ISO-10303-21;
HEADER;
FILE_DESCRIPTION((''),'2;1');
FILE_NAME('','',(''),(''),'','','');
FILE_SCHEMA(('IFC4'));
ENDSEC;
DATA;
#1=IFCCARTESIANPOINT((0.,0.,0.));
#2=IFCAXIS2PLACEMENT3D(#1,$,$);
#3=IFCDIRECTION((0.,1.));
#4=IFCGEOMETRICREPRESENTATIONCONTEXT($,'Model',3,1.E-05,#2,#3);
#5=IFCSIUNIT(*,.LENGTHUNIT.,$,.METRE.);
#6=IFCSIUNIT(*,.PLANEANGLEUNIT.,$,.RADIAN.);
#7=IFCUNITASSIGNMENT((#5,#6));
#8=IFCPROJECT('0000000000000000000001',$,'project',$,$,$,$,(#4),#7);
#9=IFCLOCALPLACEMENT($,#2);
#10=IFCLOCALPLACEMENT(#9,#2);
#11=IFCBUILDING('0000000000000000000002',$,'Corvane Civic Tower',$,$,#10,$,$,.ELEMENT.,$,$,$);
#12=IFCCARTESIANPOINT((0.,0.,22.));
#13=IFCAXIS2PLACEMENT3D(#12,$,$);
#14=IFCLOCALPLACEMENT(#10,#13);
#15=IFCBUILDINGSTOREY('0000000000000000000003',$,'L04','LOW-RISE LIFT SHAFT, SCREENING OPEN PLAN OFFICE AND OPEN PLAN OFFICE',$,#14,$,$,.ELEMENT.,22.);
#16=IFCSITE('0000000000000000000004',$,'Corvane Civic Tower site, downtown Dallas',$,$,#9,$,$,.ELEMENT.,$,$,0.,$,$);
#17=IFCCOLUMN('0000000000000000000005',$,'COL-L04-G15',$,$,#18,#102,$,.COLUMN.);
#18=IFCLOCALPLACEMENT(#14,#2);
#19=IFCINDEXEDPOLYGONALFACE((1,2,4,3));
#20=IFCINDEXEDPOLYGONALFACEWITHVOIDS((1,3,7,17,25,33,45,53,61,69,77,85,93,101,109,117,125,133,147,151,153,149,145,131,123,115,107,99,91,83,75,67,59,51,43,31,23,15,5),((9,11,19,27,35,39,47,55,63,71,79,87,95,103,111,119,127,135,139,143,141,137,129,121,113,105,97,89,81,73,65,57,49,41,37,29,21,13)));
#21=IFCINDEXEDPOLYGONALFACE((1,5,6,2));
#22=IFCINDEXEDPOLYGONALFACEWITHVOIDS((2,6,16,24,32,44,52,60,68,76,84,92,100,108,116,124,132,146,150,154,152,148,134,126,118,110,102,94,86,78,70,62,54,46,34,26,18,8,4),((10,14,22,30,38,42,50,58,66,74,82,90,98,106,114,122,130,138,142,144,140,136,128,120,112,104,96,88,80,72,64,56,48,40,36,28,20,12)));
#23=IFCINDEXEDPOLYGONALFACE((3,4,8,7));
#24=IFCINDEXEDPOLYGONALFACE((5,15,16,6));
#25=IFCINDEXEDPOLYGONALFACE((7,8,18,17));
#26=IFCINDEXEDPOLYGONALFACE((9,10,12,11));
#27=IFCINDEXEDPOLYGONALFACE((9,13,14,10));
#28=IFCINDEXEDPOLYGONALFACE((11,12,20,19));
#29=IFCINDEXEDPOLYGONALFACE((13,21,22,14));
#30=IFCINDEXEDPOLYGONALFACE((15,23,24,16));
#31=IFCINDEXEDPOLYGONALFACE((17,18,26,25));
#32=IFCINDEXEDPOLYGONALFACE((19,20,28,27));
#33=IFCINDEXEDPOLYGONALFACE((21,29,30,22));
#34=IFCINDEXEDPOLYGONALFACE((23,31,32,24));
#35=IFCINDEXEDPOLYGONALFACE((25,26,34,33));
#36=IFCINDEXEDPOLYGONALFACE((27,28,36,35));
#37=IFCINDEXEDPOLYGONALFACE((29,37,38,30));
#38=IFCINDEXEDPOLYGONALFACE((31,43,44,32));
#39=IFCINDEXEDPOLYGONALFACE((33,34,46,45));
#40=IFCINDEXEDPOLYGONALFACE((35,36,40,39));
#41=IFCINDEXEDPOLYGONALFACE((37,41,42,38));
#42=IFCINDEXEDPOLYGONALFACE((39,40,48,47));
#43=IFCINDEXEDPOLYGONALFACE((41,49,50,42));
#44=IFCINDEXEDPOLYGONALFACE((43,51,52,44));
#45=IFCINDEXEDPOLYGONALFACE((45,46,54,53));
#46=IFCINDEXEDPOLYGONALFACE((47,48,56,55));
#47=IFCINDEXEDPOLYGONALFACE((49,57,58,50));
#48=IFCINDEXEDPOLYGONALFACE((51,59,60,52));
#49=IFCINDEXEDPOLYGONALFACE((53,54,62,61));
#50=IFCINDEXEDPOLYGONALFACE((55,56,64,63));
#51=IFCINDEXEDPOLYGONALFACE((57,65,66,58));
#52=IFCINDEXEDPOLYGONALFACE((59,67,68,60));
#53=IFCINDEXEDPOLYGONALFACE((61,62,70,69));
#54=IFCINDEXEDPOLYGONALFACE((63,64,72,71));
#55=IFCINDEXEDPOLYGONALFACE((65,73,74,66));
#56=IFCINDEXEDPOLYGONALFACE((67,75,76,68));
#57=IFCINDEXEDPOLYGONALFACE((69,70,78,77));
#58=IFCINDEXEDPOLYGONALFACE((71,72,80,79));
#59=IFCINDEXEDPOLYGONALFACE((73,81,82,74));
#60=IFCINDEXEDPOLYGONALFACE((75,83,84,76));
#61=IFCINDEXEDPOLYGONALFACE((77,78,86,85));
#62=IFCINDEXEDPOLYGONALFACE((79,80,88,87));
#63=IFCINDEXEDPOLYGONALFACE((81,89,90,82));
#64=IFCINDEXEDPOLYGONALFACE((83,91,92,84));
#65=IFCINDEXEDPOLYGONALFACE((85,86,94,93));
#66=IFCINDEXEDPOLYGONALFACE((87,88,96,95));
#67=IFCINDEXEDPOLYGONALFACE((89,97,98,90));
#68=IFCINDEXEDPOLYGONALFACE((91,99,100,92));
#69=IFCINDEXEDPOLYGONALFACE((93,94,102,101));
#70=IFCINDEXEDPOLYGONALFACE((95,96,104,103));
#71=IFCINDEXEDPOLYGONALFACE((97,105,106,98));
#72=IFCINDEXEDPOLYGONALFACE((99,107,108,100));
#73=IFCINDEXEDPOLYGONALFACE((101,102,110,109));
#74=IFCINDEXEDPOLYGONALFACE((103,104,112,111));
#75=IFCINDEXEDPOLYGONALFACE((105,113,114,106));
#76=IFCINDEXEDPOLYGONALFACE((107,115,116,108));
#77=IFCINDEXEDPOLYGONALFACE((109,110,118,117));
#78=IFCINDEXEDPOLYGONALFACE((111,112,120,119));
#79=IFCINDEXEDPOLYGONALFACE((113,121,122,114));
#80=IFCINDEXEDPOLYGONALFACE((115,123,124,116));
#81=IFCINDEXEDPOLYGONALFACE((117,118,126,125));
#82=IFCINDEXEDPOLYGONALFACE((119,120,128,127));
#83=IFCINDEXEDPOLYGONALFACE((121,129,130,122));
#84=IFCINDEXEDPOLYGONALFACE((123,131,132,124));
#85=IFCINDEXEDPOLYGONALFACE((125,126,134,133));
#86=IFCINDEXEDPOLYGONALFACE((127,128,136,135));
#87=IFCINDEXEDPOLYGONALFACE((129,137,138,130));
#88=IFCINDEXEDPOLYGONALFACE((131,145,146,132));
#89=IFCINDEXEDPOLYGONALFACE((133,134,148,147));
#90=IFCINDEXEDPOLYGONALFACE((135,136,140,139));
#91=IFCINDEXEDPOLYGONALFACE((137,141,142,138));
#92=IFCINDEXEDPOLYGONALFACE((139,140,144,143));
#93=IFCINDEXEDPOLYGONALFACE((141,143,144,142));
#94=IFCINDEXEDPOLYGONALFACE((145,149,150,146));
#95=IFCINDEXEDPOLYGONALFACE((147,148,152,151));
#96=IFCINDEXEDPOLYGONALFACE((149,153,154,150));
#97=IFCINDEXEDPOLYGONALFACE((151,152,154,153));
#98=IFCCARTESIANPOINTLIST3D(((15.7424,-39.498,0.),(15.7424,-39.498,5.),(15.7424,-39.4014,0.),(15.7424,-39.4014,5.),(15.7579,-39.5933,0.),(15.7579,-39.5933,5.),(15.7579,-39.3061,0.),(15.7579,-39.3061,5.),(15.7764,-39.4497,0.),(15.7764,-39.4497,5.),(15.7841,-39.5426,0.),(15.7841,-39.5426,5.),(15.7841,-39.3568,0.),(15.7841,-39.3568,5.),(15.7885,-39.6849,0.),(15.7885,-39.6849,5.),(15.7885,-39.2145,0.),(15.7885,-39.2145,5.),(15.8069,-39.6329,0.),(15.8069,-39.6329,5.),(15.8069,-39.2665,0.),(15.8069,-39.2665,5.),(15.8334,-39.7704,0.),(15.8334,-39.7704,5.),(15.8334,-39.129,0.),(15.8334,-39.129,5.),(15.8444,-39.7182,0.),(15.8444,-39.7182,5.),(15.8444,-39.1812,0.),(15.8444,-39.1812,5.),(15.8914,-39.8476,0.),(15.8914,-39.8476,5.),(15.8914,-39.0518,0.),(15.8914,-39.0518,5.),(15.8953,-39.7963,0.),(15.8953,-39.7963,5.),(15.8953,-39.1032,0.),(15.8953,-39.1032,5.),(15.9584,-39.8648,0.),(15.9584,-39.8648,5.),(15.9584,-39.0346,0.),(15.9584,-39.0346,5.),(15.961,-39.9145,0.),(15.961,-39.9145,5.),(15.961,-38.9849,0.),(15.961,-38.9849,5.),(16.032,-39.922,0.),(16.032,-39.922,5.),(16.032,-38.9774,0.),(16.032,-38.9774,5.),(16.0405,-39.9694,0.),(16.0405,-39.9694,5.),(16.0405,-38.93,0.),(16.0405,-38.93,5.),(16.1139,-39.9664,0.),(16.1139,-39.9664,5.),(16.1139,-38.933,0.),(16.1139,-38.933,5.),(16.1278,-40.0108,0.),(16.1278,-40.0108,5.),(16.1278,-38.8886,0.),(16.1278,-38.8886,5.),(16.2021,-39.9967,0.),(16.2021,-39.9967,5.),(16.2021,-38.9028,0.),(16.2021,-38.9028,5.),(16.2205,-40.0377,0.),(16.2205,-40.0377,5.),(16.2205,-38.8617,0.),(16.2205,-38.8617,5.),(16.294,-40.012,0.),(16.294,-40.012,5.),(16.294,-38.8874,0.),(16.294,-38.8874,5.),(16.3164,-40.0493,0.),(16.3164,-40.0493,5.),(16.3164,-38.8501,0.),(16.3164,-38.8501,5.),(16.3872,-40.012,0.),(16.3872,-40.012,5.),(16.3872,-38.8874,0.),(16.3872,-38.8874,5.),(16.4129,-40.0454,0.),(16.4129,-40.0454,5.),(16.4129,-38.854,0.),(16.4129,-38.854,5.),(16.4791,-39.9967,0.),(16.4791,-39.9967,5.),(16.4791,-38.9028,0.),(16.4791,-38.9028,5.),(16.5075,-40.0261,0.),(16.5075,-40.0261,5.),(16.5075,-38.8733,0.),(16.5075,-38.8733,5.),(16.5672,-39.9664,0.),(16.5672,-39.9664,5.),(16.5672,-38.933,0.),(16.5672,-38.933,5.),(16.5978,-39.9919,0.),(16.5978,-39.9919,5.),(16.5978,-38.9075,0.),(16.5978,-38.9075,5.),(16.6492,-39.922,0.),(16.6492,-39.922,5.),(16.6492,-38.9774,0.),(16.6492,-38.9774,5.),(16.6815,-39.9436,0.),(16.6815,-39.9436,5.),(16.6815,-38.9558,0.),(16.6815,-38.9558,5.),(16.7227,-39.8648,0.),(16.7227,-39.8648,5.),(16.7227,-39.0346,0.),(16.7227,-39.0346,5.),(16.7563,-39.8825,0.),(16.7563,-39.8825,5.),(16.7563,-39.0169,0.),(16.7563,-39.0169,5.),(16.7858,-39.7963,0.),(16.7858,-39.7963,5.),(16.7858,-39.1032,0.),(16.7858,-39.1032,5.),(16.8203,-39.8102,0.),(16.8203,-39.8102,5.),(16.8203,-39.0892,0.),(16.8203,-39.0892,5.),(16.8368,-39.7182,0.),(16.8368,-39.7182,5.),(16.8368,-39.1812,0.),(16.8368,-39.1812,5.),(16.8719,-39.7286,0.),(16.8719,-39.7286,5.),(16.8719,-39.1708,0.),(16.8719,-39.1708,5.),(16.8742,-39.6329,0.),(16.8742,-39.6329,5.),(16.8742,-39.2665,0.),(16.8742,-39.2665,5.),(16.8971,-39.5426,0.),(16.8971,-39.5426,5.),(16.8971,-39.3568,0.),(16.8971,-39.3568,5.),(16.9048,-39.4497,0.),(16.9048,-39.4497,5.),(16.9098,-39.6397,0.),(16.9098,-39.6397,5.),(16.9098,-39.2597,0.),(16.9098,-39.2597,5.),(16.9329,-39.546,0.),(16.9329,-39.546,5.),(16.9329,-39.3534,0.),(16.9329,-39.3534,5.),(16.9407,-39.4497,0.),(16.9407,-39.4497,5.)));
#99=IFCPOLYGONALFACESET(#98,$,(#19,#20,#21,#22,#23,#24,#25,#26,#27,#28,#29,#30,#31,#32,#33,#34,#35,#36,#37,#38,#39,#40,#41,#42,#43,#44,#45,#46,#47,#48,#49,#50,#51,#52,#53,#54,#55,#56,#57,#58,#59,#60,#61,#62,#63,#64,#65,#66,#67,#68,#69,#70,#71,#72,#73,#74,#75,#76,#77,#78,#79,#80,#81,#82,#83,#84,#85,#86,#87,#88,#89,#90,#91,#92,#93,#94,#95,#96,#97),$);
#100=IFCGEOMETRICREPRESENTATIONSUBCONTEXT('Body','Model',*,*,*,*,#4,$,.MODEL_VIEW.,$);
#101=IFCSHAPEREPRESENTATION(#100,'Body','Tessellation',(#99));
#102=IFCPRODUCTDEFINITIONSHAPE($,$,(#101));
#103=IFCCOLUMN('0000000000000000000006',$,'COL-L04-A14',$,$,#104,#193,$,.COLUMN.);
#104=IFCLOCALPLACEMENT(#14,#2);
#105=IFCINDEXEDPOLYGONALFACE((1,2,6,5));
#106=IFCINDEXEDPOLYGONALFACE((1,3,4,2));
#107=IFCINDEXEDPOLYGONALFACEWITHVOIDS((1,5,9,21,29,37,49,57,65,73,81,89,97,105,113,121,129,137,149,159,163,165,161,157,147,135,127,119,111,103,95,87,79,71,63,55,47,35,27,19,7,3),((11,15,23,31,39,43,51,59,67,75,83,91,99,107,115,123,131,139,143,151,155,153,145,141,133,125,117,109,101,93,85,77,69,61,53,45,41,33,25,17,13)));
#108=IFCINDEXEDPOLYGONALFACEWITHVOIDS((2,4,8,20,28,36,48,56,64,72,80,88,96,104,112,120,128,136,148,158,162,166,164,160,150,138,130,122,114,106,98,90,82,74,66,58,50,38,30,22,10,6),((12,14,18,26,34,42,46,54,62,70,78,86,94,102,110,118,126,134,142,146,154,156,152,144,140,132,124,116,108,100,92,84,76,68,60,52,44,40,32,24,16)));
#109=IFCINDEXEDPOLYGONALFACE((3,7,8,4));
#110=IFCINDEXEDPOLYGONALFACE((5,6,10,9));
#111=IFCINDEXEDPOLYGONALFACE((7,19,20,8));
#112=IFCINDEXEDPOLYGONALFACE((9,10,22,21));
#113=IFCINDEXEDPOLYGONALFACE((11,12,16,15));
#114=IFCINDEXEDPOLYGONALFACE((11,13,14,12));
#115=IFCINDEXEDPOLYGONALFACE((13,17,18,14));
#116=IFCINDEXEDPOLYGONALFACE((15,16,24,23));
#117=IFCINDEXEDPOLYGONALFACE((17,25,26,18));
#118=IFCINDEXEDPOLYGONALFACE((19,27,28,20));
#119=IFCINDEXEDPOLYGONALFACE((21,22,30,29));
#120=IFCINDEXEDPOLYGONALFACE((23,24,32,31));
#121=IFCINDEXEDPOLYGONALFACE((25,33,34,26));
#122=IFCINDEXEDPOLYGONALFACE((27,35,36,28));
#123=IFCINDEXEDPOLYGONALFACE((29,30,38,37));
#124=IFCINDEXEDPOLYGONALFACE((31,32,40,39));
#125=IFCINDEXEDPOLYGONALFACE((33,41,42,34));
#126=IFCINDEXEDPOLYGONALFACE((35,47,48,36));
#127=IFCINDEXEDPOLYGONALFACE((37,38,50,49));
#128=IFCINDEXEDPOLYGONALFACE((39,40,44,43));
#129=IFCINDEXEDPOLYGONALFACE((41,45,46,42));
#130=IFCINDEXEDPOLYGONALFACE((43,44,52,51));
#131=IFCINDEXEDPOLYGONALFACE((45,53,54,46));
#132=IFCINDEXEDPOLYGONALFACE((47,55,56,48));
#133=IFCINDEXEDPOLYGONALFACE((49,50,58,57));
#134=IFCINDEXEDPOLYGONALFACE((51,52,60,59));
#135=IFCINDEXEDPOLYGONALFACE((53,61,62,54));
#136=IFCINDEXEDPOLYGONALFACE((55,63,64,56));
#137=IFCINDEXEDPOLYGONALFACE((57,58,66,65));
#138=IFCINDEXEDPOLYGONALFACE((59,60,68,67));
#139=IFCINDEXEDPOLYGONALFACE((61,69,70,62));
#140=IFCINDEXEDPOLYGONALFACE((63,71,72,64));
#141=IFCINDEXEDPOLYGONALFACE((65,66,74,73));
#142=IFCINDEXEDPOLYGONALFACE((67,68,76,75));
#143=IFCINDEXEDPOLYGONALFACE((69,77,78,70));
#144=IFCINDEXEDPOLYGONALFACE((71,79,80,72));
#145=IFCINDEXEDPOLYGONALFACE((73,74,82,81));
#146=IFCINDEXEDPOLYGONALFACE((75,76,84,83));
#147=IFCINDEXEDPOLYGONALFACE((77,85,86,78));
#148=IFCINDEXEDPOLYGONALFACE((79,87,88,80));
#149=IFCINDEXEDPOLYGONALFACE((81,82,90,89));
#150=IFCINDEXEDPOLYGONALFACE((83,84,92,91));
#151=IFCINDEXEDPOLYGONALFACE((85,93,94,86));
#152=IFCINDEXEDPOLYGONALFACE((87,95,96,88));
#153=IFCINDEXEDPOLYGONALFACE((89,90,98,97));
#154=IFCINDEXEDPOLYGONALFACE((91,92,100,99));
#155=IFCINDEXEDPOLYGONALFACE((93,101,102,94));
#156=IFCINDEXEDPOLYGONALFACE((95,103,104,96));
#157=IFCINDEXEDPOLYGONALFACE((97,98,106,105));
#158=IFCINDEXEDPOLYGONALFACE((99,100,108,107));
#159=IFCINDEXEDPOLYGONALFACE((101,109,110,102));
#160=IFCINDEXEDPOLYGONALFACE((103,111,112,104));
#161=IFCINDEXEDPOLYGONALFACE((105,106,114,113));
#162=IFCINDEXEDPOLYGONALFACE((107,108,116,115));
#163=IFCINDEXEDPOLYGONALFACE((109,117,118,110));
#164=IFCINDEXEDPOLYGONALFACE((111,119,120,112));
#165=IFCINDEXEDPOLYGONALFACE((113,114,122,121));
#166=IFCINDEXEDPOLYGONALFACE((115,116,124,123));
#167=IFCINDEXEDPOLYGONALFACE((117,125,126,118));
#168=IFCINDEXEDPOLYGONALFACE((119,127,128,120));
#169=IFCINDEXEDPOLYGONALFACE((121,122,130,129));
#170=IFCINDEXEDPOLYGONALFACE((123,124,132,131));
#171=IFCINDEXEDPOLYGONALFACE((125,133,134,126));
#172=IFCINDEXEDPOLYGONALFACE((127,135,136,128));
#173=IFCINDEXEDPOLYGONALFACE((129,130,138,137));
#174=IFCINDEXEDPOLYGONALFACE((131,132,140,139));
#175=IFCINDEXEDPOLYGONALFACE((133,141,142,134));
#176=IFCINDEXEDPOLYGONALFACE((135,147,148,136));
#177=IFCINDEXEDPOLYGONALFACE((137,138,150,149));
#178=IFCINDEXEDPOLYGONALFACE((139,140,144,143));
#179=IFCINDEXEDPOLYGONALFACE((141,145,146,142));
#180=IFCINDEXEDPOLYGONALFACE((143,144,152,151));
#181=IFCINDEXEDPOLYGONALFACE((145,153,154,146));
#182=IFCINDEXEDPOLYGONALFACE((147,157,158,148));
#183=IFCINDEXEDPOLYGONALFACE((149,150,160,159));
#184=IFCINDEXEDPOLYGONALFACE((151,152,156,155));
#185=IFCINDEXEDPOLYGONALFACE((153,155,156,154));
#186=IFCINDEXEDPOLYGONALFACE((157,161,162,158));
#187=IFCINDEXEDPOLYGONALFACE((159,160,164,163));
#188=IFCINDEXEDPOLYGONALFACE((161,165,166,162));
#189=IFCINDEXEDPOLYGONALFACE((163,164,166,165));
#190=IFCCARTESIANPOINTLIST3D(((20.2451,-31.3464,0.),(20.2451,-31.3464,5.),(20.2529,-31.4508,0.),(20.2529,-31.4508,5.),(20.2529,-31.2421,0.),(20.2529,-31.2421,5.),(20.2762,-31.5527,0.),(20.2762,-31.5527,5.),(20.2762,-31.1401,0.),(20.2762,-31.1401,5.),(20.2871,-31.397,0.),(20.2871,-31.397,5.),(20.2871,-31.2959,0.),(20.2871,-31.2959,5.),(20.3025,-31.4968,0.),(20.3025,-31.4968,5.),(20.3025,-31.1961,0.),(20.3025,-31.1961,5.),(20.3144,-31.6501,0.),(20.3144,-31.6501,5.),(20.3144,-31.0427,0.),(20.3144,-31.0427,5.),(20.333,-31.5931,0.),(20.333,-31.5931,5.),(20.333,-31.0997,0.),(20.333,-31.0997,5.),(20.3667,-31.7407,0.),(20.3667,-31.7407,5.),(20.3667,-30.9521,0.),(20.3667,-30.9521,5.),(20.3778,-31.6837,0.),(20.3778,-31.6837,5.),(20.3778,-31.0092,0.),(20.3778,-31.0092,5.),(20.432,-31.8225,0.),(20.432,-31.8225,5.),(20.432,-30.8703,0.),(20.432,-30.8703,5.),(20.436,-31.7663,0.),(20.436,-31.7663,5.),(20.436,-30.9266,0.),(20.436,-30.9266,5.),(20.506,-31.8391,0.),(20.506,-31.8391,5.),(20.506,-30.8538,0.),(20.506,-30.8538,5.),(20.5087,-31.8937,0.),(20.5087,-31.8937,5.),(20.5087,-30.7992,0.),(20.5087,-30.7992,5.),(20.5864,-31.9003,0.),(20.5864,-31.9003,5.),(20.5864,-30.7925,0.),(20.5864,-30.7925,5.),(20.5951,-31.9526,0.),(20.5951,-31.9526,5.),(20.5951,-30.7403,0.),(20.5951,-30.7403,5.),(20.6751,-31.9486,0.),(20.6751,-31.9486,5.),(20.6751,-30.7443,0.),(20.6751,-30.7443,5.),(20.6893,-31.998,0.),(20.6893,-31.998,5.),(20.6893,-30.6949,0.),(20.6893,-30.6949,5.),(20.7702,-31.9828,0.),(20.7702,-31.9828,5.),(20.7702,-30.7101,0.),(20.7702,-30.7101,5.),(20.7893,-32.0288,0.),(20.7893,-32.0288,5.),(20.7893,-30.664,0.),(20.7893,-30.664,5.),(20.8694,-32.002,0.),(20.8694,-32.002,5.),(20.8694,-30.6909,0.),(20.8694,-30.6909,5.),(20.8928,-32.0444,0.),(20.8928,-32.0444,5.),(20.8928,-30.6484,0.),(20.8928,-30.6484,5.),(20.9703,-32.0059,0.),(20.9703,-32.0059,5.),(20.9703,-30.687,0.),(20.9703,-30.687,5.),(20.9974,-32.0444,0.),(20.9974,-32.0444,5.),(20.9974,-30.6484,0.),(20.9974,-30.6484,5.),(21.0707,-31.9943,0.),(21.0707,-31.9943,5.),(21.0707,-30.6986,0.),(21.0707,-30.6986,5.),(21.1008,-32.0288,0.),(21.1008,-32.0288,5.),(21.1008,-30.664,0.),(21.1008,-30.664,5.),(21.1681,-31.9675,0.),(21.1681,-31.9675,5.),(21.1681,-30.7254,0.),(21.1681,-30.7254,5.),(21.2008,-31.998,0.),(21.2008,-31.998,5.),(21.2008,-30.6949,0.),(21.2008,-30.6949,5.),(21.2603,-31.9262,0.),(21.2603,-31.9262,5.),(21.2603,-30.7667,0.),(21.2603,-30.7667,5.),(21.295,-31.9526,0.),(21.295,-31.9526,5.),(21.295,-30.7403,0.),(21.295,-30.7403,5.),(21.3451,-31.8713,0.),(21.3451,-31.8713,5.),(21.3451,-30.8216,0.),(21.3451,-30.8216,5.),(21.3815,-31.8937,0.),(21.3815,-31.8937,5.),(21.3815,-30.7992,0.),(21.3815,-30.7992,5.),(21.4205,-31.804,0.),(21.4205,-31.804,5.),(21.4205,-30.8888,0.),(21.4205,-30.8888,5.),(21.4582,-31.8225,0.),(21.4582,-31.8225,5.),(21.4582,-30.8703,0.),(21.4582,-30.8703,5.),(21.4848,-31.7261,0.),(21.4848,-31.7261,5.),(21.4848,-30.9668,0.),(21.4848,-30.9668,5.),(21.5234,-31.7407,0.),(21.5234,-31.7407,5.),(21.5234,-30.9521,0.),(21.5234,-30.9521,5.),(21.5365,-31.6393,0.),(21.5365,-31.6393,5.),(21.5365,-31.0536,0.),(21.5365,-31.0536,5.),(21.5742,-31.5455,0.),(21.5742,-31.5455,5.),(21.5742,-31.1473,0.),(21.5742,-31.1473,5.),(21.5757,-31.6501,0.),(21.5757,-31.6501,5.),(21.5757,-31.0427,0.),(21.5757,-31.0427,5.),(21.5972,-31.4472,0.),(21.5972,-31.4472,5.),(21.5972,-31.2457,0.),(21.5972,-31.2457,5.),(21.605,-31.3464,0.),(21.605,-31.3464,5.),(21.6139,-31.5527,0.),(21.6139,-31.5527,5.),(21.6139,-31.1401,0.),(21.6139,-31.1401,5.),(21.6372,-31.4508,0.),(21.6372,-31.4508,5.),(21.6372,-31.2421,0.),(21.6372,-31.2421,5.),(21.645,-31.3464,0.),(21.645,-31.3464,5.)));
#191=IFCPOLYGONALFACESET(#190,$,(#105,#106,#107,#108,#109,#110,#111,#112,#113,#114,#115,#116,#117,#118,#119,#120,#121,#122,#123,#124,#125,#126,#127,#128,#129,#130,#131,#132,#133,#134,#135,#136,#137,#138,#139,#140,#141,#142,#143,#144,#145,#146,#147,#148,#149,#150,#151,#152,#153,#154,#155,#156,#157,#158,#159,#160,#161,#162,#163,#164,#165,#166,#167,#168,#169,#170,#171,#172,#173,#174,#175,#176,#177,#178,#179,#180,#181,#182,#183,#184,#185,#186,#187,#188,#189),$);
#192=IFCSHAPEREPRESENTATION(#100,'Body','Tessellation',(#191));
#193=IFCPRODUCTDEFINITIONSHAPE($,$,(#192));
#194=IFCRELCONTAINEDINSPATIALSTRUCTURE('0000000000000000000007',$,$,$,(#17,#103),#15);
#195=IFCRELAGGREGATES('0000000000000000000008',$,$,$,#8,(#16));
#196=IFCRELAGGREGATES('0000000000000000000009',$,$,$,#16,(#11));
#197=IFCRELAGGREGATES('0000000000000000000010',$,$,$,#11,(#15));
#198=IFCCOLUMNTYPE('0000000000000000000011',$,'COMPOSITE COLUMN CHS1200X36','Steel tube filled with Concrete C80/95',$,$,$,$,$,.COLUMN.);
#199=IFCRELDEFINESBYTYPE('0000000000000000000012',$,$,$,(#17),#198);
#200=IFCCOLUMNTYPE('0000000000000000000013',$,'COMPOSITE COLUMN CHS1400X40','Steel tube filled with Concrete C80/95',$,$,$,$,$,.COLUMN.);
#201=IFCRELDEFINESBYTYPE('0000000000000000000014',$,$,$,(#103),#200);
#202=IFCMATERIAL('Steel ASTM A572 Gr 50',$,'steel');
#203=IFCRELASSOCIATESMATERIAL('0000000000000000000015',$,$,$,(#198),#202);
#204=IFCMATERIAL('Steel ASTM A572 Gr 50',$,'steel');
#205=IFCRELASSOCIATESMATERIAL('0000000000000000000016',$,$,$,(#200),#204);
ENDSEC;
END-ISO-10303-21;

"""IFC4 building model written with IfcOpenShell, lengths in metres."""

from ifc_helpers import new_model, si_unit, direction, frame, origin, origin_2d, place, context, subcontext, project, spatial, hollow_circle, extrude, material, material_profile, profile_set, type_object, element, save


model = new_model("IFC4")

# Units and contexts
model_context = context("Model", 3, precision=1e-05, world=origin(), true_north=direction((0.0, 1.0)))
body_context = subcontext(model_context, "Body", "Model", "MODEL_VIEW")
ifc_project = project(units=[si_unit("LENGTHUNIT", "METRE"), si_unit("PLANEANGLEUNIT", "RADIAN")], contexts=[model_context])

# Site, building, storey
site_placement = place(None, origin())
site = spatial("IfcSite", under=ifc_project, at=site_placement, Name="Corvane Civic Tower site, downtown Dallas", CompositionType="ELEMENT", RefElevation=0.0)
building_placement = place(site_placement, origin())
building = spatial("IfcBuilding", under=site, at=building_placement, Name="Corvane Civic Tower", CompositionType="ELEMENT")
storey_placement = place(building_placement, frame((0.0, 0.0, 22.0)))
storey = spatial("IfcBuildingStorey", under=building, at=storey_placement, Name="L04", Description="LOW-RISE LIFT SHAFT, SCREENING OPEN PLAN OFFICE AND OPEN PLAN OFFICE", CompositionType="ELEMENT", Elevation=22.0)

# Columns
ifc_material_1 = material(Name="Steel ASTM A572 Gr 50", Category="steel")
ifc_material_profile_1 = material_profile(ifc_material_1, hollow_circle(Radius=0.6001, WallThickness=0.0359, at=origin_2d()), Name="CHS1200X36")
ifc_profile_set_1 = profile_set([ifc_material_profile_1], Name="Steel ASTM A572 Gr 50")
column_type_1 = type_object("IfcColumnType", Name="COMPOSITE COLUMN CHS1200X36", Description="Steel tube filled with Concrete C80/95", PredefinedType="COLUMN", material=ifc_profile_set_1)
column_placement = place(storey_placement, frame((16.3406, -39.4497, 0.0), z_axis=(0.0, 0.0, 1.0), x_axis=(1.0, 0.0, 0.0)))
element("IfcColumn", 1, at=column_placement, inside=storey, type_object=column_type_1, Name="COL-L04-G15", PredefinedType="COLUMN", context=body_context, shape_type="SweptSolid", body=[
    extrude(hollow_circle(Radius=0.6001, WallThickness=0.0359, at=origin_2d()), origin(), (0.0, 0.0, 1.0), 5.0),
])
ifc_material_2 = material(Name="Steel ASTM A572 Gr 50", Category="steel")
ifc_material_profile_2 = material_profile(ifc_material_2, hollow_circle(Radius=0.7, WallThickness=0.04, at=origin_2d()), Name="CHS1400X40")
ifc_profile_set_2 = profile_set([ifc_material_profile_2], Name="Steel ASTM A572 Gr 50")
column_type_2 = type_object("IfcColumnType", Name="COMPOSITE COLUMN CHS1400X40", Description="Steel tube filled with Concrete C80/95", PredefinedType="COLUMN", material=ifc_profile_set_2)
for number, where, z_axis, x_axis, name in (
    (2, (20.9451, -31.3464, 0.0), (0.0, 0.0, 1.0), (1.0, 0.0, 0.0), "COL-L04-A14"),
):
    element("IfcColumn", number, at=place(storey_placement, frame(where, z_axis=z_axis, x_axis=x_axis)), inside=storey, type_object=column_type_2, Name=name, PredefinedType="COLUMN", context=body_context, shape_type="SweptSolid", body=[
        extrude(hollow_circle(Radius=0.7, WallThickness=0.04, at=origin_2d()), origin(), (0.0, 0.0, 1.0), 5.0),
    ])

save(model, "model.ifc")
